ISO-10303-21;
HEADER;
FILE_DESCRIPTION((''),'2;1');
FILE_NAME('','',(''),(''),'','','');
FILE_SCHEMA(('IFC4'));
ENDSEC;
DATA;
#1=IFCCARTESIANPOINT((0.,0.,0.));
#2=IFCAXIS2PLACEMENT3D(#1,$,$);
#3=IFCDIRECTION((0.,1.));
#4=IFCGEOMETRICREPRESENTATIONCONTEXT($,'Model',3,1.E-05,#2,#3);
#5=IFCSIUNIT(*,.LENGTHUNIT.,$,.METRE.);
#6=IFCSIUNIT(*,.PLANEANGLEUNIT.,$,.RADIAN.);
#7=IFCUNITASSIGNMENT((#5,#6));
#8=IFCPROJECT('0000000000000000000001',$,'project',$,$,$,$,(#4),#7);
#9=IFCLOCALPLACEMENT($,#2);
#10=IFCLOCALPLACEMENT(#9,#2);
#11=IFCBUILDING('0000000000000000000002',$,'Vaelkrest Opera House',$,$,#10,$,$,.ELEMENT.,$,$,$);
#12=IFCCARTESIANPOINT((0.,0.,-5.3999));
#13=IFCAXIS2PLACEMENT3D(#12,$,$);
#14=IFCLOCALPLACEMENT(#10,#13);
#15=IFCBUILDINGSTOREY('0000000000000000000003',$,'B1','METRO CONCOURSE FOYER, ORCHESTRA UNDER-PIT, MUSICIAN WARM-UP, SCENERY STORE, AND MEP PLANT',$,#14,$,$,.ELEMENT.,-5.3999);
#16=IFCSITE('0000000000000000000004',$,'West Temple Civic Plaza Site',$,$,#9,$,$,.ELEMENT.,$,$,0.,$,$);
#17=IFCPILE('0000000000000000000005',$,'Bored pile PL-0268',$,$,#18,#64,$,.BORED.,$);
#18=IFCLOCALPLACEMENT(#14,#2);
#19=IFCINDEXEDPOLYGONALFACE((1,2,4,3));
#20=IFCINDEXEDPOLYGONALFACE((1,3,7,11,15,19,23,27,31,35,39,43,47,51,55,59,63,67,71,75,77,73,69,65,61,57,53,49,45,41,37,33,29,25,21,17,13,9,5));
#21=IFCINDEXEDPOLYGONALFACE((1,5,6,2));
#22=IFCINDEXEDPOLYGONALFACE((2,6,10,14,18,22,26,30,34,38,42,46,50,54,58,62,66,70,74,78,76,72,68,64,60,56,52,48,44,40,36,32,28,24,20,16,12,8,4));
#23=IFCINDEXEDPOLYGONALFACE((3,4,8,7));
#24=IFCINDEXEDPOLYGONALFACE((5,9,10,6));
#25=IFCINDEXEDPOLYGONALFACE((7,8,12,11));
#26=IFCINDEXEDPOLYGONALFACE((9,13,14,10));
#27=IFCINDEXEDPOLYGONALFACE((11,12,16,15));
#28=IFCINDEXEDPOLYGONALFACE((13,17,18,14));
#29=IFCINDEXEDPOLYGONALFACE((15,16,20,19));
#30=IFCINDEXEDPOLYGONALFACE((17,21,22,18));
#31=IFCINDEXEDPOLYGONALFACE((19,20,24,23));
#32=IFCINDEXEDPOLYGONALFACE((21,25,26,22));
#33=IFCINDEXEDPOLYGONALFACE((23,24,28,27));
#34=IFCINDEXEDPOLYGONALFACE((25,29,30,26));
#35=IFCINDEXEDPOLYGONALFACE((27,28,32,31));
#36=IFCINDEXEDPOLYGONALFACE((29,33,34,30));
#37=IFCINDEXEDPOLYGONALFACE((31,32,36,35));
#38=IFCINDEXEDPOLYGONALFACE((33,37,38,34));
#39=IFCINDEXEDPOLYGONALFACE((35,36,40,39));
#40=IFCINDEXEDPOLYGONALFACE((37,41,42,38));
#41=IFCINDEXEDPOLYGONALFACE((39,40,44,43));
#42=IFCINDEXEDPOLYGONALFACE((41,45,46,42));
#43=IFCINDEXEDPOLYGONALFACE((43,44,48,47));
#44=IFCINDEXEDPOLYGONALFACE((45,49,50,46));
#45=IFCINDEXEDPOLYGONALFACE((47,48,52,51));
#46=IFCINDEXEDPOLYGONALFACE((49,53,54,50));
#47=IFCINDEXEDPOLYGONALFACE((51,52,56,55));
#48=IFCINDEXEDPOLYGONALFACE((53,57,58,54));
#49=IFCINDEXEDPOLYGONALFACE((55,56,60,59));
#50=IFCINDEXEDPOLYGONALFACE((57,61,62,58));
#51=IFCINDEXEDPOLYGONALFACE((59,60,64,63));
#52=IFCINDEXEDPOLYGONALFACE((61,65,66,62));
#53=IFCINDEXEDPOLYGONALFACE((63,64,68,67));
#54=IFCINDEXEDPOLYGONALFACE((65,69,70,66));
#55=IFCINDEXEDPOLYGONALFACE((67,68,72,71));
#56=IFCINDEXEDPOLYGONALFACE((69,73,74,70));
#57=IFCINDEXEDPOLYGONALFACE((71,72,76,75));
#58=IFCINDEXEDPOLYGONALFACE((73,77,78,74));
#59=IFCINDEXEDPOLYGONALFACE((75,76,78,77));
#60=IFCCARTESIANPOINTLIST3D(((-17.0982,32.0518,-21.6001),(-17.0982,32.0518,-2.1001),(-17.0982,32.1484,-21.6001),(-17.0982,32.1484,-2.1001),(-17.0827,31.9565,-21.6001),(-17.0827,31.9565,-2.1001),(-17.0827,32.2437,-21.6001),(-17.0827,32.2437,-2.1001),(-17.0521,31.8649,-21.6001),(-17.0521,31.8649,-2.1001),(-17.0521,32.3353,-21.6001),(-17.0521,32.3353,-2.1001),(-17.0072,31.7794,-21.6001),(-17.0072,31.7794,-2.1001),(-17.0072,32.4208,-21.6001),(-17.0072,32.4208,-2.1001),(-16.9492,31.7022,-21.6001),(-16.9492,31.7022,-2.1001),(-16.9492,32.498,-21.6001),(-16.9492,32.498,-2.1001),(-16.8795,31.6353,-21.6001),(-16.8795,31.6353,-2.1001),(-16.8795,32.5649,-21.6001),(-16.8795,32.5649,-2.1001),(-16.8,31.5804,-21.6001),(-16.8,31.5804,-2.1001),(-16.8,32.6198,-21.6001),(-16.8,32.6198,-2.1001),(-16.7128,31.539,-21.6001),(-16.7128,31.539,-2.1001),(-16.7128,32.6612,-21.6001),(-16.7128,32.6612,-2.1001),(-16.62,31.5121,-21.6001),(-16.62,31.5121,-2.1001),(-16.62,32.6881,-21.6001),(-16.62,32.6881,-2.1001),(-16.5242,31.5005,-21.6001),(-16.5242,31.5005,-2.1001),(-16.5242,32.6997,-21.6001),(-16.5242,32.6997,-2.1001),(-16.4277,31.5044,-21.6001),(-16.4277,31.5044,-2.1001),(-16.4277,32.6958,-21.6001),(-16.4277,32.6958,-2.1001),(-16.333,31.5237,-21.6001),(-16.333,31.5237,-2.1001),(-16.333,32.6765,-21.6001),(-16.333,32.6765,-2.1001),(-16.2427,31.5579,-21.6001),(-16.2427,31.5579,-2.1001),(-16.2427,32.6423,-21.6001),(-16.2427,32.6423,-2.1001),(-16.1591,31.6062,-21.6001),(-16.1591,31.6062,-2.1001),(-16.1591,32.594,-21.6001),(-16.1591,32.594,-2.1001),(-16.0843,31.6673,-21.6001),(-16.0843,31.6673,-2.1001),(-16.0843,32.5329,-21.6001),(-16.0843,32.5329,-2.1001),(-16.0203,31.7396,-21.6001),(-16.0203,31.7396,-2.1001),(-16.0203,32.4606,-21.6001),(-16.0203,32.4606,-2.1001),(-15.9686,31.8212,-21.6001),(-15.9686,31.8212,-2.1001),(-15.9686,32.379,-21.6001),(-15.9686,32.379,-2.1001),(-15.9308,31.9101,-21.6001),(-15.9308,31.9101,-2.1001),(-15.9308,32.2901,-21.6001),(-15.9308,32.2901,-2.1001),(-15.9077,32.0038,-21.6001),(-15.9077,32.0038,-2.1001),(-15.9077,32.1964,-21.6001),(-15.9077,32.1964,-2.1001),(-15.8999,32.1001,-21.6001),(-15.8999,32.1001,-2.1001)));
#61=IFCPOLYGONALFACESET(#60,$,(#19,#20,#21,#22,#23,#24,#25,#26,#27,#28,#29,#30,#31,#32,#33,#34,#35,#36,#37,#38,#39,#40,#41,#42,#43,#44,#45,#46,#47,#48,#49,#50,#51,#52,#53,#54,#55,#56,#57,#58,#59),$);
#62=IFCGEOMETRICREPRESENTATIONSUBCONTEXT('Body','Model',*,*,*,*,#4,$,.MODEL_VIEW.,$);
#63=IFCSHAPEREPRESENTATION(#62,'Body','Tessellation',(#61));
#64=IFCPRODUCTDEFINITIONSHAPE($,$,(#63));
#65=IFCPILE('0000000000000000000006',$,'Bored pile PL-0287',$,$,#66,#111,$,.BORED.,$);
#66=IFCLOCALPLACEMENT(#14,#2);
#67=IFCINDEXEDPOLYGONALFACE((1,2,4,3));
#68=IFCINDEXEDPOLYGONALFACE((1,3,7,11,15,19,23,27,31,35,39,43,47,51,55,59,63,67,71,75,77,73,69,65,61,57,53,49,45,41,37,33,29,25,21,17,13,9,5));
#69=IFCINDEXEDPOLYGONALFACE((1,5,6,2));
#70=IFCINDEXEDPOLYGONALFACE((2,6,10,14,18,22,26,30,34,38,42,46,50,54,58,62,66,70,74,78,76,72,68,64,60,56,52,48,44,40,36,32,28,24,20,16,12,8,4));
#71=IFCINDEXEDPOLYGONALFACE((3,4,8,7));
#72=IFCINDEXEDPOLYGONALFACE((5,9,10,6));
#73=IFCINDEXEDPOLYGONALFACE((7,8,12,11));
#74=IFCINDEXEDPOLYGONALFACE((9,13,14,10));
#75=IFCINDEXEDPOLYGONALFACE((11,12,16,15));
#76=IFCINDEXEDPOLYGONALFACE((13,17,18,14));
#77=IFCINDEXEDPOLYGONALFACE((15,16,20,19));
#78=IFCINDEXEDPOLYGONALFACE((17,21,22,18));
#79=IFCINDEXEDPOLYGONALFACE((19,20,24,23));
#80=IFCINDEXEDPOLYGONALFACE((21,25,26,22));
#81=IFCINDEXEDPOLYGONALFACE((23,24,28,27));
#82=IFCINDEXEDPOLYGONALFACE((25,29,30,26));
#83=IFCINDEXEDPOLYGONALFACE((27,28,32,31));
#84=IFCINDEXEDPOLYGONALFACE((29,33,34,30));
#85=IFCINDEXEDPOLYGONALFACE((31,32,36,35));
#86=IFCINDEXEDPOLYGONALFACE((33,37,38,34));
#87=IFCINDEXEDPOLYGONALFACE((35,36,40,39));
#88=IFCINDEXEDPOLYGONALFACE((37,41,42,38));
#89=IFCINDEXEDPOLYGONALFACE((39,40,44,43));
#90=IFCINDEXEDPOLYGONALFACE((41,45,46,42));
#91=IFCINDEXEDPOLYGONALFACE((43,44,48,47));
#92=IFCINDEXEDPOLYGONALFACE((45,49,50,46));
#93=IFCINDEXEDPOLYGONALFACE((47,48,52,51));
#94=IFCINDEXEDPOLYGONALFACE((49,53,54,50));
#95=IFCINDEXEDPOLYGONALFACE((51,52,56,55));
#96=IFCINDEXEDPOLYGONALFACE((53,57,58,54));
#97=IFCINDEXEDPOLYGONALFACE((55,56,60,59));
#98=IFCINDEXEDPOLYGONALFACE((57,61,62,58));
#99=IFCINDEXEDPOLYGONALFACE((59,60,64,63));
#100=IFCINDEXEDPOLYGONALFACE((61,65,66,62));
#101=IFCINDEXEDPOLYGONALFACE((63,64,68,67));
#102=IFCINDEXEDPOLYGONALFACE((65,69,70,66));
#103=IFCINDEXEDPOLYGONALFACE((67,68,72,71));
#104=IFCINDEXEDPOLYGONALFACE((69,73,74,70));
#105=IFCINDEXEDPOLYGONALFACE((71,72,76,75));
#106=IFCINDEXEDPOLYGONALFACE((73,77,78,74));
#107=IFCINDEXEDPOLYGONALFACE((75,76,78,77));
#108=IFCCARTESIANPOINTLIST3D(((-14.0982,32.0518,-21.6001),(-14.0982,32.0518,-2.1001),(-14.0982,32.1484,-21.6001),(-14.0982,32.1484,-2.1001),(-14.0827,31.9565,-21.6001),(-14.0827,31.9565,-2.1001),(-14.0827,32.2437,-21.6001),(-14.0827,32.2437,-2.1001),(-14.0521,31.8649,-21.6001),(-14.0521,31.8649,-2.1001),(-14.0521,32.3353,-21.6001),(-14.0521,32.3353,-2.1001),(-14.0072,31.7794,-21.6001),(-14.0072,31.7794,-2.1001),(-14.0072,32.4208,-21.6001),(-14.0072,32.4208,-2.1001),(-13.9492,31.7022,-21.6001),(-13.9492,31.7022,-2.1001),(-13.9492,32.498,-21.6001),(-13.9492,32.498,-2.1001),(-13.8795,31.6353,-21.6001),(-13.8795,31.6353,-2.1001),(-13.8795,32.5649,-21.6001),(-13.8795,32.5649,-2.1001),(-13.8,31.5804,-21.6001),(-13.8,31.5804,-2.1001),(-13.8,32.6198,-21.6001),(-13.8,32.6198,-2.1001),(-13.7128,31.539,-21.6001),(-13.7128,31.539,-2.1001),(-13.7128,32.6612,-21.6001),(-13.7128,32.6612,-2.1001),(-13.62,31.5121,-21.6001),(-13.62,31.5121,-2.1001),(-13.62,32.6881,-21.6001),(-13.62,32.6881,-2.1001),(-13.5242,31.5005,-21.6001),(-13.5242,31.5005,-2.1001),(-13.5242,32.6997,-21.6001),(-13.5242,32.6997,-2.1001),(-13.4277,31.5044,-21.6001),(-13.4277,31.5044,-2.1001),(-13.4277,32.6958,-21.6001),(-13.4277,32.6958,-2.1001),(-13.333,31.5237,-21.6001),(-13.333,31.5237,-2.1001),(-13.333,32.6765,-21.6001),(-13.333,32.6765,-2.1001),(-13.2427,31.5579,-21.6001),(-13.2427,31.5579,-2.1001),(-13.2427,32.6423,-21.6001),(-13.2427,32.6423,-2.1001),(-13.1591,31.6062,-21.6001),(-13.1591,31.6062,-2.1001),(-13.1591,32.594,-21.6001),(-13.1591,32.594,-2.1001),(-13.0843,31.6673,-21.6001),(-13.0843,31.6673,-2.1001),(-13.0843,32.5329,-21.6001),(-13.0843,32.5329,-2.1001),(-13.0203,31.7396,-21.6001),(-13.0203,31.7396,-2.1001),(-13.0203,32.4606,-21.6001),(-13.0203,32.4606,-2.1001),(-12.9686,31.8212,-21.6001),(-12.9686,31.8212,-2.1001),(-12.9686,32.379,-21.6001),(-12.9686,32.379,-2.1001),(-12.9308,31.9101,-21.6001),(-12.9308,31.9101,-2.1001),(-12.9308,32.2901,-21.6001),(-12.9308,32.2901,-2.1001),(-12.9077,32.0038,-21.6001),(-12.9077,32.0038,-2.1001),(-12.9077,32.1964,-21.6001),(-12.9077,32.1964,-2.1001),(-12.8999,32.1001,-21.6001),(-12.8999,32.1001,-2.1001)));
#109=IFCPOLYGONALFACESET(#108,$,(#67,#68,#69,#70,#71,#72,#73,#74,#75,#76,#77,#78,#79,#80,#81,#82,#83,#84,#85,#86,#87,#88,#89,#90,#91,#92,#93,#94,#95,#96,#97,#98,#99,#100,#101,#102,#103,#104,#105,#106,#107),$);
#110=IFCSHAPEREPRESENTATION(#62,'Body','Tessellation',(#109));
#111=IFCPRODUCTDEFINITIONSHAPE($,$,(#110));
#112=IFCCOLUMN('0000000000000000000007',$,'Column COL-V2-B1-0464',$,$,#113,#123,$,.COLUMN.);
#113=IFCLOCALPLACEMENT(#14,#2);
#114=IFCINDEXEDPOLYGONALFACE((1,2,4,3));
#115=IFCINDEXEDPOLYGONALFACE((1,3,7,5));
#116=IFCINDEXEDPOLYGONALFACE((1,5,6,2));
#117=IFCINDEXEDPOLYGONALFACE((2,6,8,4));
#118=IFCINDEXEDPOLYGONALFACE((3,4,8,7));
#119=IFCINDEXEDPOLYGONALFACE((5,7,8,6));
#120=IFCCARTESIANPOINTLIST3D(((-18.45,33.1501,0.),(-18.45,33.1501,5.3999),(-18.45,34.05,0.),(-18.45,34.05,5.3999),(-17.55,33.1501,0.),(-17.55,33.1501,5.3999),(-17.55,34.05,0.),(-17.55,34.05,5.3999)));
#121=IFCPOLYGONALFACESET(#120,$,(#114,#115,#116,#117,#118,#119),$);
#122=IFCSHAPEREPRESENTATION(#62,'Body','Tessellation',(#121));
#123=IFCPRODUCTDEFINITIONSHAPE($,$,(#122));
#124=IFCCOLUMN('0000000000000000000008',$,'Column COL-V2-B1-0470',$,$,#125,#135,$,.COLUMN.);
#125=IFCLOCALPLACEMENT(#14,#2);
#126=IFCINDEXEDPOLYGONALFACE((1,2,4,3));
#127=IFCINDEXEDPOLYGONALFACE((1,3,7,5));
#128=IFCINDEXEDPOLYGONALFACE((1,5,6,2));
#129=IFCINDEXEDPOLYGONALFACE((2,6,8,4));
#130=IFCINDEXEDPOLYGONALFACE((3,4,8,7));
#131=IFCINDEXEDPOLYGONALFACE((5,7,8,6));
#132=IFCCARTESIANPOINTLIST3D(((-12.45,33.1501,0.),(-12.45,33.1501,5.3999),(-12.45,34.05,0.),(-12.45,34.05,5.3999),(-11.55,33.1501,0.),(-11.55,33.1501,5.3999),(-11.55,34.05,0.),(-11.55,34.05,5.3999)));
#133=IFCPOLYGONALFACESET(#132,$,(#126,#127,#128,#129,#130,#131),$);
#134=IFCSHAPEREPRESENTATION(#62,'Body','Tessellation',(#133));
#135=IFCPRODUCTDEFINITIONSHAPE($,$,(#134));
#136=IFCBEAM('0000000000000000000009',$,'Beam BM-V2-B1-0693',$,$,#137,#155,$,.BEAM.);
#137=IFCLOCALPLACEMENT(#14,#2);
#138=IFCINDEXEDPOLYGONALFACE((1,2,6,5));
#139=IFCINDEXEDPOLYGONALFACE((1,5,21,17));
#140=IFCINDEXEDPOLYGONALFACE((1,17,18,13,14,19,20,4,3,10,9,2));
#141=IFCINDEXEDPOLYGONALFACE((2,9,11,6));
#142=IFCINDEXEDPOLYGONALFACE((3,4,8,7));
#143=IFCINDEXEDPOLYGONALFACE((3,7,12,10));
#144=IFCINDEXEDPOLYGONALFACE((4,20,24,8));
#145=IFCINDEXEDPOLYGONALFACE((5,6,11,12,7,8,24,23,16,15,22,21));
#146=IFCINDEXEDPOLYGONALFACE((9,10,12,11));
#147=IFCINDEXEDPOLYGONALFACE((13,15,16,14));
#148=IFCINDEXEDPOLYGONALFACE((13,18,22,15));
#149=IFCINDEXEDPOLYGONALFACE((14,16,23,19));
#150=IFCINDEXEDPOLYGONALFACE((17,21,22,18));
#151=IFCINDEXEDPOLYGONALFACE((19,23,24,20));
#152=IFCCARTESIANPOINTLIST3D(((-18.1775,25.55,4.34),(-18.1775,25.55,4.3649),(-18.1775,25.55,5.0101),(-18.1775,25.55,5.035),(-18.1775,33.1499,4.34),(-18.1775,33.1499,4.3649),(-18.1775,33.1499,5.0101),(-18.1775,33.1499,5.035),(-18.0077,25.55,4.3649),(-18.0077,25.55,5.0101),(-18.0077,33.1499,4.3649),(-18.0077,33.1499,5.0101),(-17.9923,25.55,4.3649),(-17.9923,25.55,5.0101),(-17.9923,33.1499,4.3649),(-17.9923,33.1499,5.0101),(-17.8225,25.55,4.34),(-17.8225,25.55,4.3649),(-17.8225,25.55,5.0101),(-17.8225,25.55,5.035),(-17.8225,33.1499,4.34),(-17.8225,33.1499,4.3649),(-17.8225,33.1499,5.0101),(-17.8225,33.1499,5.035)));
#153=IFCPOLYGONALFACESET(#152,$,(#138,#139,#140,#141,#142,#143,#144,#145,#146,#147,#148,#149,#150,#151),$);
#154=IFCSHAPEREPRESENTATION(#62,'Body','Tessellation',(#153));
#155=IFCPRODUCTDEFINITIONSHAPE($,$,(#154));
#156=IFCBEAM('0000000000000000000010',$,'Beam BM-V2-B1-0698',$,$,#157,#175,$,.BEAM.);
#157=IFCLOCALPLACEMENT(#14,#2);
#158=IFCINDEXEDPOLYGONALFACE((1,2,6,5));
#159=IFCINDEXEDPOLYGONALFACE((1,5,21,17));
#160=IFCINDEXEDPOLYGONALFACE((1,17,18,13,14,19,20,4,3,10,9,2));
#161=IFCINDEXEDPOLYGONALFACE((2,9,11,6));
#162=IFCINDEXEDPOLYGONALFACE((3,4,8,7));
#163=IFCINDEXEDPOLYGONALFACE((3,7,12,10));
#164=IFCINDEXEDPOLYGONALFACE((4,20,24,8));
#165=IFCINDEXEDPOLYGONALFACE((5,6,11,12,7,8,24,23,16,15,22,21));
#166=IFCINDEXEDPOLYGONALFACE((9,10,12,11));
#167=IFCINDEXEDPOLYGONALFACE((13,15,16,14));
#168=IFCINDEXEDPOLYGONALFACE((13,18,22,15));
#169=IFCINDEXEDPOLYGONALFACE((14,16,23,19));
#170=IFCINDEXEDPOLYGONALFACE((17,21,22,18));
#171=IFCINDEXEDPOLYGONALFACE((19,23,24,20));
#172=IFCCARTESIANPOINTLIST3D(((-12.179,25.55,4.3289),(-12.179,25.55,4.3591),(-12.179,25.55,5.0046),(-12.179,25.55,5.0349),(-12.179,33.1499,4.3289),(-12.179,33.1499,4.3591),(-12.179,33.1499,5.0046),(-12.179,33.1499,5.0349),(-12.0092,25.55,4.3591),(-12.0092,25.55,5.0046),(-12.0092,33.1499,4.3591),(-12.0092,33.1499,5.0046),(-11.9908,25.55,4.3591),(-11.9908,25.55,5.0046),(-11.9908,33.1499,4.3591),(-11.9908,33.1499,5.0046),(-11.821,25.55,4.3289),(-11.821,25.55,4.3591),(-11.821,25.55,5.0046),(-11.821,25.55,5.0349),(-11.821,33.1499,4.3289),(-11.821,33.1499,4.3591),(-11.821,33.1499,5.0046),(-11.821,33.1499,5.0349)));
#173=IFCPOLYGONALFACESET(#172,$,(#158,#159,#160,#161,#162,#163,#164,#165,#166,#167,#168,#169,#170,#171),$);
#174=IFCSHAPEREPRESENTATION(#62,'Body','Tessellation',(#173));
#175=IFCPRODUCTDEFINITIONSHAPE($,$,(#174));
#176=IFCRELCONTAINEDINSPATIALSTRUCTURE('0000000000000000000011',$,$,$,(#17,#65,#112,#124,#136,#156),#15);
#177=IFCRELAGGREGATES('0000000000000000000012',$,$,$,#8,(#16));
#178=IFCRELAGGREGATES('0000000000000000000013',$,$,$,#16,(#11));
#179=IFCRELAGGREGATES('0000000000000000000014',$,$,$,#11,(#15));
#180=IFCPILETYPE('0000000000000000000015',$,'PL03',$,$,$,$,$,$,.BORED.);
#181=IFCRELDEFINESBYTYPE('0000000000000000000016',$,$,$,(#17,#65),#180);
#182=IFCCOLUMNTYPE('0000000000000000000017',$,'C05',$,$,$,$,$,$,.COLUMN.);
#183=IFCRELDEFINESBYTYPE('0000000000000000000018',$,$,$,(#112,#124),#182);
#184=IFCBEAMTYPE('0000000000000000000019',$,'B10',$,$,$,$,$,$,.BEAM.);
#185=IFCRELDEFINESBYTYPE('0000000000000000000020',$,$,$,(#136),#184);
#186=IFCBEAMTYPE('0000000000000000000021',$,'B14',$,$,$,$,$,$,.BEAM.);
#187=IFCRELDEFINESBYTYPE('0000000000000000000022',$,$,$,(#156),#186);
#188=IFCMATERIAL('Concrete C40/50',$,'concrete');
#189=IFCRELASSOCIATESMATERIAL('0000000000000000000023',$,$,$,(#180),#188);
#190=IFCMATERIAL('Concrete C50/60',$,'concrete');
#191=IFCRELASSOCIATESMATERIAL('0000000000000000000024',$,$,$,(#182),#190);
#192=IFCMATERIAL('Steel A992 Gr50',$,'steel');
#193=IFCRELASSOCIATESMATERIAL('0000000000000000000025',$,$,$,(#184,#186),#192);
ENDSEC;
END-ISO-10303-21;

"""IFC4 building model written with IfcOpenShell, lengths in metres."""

from ifc_helpers import new_model, si_unit, direction, frame, origin, origin_2d, place, context, subcontext, project, spatial, rectangle, circle, i_section, extrude, material, material_profile, profile_set, type_object, element, save


model = new_model("IFC4")

# Units and contexts
model_context = context("Model", 3, precision=1e-05, world=origin(), true_north=direction((0.0, 1.0)))
body_context = subcontext(model_context, "Body", "Model", "MODEL_VIEW")
ifc_project = project(units=[si_unit("LENGTHUNIT", "METRE"), si_unit("PLANEANGLEUNIT", "RADIAN")], contexts=[model_context])

# Site, building, storey
site_placement = place(None, origin())
site = spatial("IfcSite", under=ifc_project, at=site_placement, Name="West Temple Civic Plaza Site", CompositionType="ELEMENT", RefElevation=0.0)
building_placement = place(site_placement, origin())
building = spatial("IfcBuilding", under=site, at=building_placement, Name="Vaelkrest Opera House", CompositionType="ELEMENT")
storey_placement = place(building_placement, frame((0.0, 0.0, -5.3999)))
storey = spatial("IfcBuildingStorey", under=building, at=storey_placement, Name="B1", Description="METRO CONCOURSE FOYER, ORCHESTRA UNDER-PIT, MUSICIAN WARM-UP, SCENERY STORE, AND MEP PLANT", CompositionType="ELEMENT", Elevation=-5.3999)

# Shared definitions
ifc_material_1 = material(Name="Concrete C40/50", Category="concrete")

# Piles
ifc_material_profile_1 = material_profile(ifc_material_1, circle(Radius=0.6001, at=origin_2d()), Name="PILE1200")
ifc_profile_set_1 = profile_set([ifc_material_profile_1], Name="Concrete C40/50")
pile_type_1 = type_object("IfcPileType", Name="PL03", PredefinedType="BORED", material=ifc_profile_set_1)
for number, where, z_axis, x_axis, name in (
    (1, (-16.5, 32.1001, -2.1001), (0.0, 0.0, -1.0), (1.0, 0.0, 0.0), "Bored pile PL-0268"),
    (2, (-13.5, 32.1001, -2.1001), (0.0, 0.0, -1.0), (1.0, 0.0, 0.0), "Bored pile PL-0287"),
):
    element("IfcPile", number, at=place(storey_placement, frame(where, z_axis=z_axis, x_axis=x_axis)), inside=storey, type_object=pile_type_1, Name=name, PredefinedType="BORED", context=body_context, shape_type="SweptSolid", body=[
        extrude(circle(Radius=0.6001, at=origin_2d()), origin(), (0.0, 0.0, 1.0), 19.5),
    ])

# Columns
ifc_material_2 = material(Name="Concrete C50/60", Category="concrete")
ifc_material_profile_2 = material_profile(ifc_material_2, rectangle(XDim=0.8999, YDim=0.8999, at=origin_2d()), Name="RC900X900")
ifc_profile_set_2 = profile_set([ifc_material_profile_2], Name="Concrete C50/60")
column_type = type_object("IfcColumnType", Name="C05", PredefinedType="COLUMN", material=ifc_profile_set_2)
for number, where, z_axis, x_axis, name in (
    (3, (-18.0, 33.6001, 0.0), (0.0, 0.0, 1.0), (1.0, 0.0, 0.0), "Column COL-V2-B1-0464"),
    (4, (-12.0, 33.6001, 0.0), (0.0, 0.0, 1.0), (1.0, 0.0, 0.0), "Column COL-V2-B1-0470"),
):
    element("IfcColumn", number, at=place(storey_placement, frame(where, z_axis=z_axis, x_axis=x_axis)), inside=storey, type_object=column_type, Name=name, PredefinedType="COLUMN", context=body_context, shape_type="SweptSolid", body=[
        extrude(rectangle(XDim=0.8999, YDim=0.8999, at=origin_2d()), origin(), (0.0, 0.0, 1.0), 5.3999),
    ])

# Beams
ifc_material_3 = material(Name="Steel A992 Gr50", Category="steel")
ifc_material_profile_3 = material_profile(ifc_material_3, i_section(OverallWidth=0.355, OverallDepth=0.6951, WebThickness=0.0154, FlangeThickness=0.0249, at=origin_2d()), Name="W27X146")
ifc_profile_set_3 = profile_set([ifc_material_profile_3], Name="Steel A992 Gr50")
beam_type_1 = type_object("IfcBeamType", Name="B10", PredefinedType="BEAM", material=ifc_profile_set_3)
beam_1_placement = place(storey_placement, frame((-18.0, 25.55, 4.6875), z_axis=(0.0, 1.0, 0.0), x_axis=(-1.0, 0.0, 0.0)))
element("IfcBeam", 5, at=beam_1_placement, inside=storey, type_object=beam_type_1, Name="Beam BM-V2-B1-0693", PredefinedType="BEAM", context=body_context, shape_type="SweptSolid", body=[
    extrude(i_section(OverallWidth=0.355, OverallDepth=0.6951, WebThickness=0.0154, FlangeThickness=0.0249, at=origin_2d()), origin(), (0.0, 0.0, 1.0), 7.5999),
])
ifc_material_profile_4 = material_profile(ifc_material_3, i_section(OverallWidth=0.3579, OverallDepth=0.7061, WebThickness=0.0183, FlangeThickness=0.0303, at=origin_2d()), Name="W27X178")
ifc_profile_set_4 = profile_set([ifc_material_profile_4], Name="Steel A992 Gr50")
beam_type_2 = type_object("IfcBeamType", Name="B14", PredefinedType="BEAM", material=ifc_profile_set_4)
beam_2_placement = place(storey_placement, frame((-12.0, 25.55, 4.6819), z_axis=(0.0, 1.0, 0.0), x_axis=(-1.0, 0.0, 0.0)))
element("IfcBeam", 6, at=beam_2_placement, inside=storey, type_object=beam_type_2, Name="Beam BM-V2-B1-0698", PredefinedType="BEAM", context=body_context, shape_type="SweptSolid", body=[
    extrude(i_section(OverallWidth=0.3579, OverallDepth=0.7061, WebThickness=0.0183, FlangeThickness=0.0303, at=origin_2d()), origin(), (0.0, 0.0, 1.0), 7.5999),
])

save(model, "model.ifc")
